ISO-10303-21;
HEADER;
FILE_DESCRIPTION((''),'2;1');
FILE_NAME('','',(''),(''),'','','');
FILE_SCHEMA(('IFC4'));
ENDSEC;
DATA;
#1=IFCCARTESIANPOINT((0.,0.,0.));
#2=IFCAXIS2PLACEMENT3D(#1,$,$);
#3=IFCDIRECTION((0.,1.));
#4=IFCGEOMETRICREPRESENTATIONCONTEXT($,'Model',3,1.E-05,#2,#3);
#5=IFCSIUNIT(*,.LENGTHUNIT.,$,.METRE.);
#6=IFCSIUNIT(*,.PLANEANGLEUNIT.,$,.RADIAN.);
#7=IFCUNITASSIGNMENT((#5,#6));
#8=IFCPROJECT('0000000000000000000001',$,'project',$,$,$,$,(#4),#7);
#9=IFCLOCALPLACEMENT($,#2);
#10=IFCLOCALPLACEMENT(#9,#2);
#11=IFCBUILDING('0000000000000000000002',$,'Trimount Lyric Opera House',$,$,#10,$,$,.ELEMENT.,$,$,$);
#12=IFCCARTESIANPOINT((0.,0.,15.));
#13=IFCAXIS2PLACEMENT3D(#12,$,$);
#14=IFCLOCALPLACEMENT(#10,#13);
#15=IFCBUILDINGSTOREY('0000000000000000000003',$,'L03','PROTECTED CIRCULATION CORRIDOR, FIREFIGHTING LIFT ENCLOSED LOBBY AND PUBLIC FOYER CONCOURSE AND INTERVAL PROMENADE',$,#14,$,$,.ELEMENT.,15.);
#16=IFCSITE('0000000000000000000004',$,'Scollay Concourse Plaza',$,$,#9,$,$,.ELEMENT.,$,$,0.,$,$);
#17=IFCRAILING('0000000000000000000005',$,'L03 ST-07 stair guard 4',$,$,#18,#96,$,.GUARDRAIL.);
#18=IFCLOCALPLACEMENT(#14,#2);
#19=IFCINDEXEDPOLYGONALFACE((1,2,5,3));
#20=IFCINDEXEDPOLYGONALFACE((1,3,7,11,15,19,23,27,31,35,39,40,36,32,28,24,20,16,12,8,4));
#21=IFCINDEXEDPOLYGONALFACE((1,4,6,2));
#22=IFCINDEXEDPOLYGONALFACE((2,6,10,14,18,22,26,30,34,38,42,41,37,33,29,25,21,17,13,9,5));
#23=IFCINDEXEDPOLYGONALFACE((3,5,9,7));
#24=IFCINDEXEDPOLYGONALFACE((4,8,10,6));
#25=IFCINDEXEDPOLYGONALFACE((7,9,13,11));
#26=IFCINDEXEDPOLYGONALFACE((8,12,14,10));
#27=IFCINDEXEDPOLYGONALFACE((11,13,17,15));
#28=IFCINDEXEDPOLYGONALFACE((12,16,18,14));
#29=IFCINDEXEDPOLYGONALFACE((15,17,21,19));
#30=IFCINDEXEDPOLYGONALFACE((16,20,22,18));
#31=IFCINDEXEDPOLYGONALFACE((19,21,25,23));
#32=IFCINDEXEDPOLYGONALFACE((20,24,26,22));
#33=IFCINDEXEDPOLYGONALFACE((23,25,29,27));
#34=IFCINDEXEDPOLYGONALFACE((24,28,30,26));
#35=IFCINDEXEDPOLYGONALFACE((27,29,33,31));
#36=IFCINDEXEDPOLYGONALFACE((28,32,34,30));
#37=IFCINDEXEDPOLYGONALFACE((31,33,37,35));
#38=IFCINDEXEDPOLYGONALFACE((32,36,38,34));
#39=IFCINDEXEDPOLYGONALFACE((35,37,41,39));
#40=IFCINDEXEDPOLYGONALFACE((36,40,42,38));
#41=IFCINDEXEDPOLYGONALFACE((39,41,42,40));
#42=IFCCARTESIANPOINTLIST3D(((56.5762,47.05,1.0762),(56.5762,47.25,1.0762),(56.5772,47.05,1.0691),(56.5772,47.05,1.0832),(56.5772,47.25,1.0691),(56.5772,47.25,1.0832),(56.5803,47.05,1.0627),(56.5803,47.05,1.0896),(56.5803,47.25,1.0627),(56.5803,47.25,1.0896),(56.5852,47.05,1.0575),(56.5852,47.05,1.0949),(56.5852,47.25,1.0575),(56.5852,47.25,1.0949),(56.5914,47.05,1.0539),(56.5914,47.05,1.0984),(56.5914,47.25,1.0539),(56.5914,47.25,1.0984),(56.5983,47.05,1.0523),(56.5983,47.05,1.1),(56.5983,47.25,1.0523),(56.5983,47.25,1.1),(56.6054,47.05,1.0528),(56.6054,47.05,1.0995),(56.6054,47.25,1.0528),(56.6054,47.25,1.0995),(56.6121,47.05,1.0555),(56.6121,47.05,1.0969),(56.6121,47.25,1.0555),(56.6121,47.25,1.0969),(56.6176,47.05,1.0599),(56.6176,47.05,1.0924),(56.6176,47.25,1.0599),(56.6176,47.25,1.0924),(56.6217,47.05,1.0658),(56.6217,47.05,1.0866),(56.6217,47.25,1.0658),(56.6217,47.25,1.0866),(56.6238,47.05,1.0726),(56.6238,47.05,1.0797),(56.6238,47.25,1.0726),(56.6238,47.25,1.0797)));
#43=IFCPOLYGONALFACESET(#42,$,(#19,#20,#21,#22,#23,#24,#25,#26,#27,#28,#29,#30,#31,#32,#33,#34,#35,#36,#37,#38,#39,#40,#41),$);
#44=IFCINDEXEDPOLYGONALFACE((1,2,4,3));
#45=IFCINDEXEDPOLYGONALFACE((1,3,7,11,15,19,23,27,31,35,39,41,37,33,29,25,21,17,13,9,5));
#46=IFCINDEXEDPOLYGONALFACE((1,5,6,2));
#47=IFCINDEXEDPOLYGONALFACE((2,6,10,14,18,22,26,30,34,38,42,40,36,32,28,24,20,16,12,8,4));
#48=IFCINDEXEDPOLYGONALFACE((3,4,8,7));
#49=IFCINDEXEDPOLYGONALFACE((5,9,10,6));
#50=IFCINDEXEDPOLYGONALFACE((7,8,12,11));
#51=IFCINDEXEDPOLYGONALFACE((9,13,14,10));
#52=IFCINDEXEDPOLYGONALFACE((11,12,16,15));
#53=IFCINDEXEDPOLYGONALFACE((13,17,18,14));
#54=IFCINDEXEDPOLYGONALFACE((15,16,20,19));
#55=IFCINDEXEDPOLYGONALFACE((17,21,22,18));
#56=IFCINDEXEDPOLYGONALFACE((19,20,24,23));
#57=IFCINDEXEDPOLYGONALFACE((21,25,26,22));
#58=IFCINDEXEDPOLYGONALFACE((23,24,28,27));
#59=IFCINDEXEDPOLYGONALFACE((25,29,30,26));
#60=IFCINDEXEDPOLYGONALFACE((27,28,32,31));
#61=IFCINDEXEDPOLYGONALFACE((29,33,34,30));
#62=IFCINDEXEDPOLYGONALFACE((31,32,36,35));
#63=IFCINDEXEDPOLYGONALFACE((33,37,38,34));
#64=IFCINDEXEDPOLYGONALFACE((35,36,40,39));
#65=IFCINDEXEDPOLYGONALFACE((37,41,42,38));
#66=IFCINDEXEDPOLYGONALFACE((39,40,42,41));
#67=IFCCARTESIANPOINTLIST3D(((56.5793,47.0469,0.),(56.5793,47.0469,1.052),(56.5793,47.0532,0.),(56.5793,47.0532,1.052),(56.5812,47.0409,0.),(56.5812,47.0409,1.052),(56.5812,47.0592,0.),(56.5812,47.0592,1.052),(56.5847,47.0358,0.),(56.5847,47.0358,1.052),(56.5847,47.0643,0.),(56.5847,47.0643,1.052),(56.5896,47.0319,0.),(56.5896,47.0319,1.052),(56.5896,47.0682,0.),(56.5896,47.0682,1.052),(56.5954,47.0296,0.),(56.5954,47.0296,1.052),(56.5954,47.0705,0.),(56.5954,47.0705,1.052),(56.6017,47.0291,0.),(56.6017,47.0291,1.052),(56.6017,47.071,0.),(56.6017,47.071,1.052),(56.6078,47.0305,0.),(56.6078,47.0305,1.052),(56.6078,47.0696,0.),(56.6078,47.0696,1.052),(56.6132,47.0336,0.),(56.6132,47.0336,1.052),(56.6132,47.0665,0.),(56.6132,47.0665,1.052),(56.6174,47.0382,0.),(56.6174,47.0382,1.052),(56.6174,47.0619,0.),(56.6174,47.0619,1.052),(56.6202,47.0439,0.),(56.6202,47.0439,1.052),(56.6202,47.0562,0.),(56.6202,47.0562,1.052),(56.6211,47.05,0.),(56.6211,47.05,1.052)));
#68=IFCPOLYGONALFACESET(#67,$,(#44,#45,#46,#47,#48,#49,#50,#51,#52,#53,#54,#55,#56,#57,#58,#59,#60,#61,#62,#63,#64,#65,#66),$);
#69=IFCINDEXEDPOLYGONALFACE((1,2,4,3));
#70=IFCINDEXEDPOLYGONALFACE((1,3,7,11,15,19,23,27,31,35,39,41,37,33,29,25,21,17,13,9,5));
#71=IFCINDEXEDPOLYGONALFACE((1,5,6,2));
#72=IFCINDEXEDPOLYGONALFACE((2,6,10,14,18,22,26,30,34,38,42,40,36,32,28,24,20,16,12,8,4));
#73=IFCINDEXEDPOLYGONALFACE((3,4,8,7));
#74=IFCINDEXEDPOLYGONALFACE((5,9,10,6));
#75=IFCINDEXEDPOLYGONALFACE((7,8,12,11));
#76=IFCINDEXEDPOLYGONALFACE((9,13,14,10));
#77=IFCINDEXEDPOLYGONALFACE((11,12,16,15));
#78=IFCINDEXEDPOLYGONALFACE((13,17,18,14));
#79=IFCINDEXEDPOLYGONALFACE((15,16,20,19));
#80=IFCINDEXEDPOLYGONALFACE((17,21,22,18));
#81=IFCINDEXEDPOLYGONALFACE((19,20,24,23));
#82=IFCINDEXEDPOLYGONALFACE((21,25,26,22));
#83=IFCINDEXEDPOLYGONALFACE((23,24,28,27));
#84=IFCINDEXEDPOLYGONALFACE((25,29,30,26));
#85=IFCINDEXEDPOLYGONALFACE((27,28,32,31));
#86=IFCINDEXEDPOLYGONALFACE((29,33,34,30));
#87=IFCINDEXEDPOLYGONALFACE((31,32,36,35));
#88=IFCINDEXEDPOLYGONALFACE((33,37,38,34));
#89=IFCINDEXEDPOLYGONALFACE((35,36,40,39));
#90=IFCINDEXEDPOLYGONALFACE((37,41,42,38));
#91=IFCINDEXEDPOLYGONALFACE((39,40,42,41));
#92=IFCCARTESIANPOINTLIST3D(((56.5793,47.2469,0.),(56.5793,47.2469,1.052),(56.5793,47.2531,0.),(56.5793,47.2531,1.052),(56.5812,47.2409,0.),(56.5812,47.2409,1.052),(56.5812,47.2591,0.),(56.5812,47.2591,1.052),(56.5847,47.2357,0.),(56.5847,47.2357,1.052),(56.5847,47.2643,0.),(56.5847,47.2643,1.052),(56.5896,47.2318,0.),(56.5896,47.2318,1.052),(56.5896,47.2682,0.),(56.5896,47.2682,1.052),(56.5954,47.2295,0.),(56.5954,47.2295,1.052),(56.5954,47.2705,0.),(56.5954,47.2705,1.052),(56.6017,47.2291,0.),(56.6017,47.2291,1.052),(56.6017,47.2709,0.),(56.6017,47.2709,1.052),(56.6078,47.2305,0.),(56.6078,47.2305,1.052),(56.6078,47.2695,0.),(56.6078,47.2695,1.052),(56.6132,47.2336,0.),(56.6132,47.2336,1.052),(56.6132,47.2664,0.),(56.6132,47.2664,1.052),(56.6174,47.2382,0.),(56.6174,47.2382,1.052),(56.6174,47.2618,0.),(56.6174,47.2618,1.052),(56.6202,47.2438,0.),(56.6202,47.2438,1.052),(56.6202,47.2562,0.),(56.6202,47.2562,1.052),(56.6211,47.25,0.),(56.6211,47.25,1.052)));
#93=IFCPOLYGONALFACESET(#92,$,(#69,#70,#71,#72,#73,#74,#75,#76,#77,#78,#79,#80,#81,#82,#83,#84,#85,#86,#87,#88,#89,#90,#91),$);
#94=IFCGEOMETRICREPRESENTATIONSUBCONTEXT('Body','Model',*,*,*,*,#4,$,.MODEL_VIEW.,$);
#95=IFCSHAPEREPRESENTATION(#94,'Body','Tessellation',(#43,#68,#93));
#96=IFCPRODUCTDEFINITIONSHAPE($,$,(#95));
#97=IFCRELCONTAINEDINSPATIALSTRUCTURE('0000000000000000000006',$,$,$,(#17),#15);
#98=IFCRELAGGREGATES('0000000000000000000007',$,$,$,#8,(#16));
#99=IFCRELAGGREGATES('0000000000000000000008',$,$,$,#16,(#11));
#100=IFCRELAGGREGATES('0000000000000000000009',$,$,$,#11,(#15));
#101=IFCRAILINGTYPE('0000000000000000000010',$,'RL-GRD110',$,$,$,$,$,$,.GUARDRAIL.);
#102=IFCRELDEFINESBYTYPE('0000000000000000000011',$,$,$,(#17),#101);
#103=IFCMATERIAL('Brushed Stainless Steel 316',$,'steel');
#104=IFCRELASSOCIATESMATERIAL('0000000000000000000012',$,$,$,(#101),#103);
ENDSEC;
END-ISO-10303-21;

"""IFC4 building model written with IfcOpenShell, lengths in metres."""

from ifc_helpers import new_model, si_unit, direction, frame, origin, origin_2d, place, context, subcontext, project, spatial, circle, extrude, material, type_object, element, save


model = new_model("IFC4")

# Units and contexts
model_context = context("Model", 3, precision=1e-05, world=origin(), true_north=direction((0.0, 1.0)))
body_context = subcontext(model_context, "Body", "Model", "MODEL_VIEW")
ifc_project = project(units=[si_unit("LENGTHUNIT", "METRE"), si_unit("PLANEANGLEUNIT", "RADIAN")], contexts=[model_context])

# Site, building, storey
site_placement = place(None, origin())
site = spatial("IfcSite", under=ifc_project, at=site_placement, Name="Scollay Concourse Plaza", CompositionType="ELEMENT", RefElevation=0.0)
building_placement = place(site_placement, origin())
building = spatial("IfcBuilding", under=site, at=building_placement, Name="Trimount Lyric Opera House", CompositionType="ELEMENT")
storey_placement = place(building_placement, frame((0.0, 0.0, 15.0)))
storey = spatial("IfcBuildingStorey", under=building, at=storey_placement, Name="L03", Description="PROTECTED CIRCULATION CORRIDOR, FIREFIGHTING LIFT ENCLOSED LOBBY AND PUBLIC FOYER CONCOURSE AND INTERVAL PROMENADE", CompositionType="ELEMENT", Elevation=15.0)

# Railing
ifc_material_1 = material(Name="Brushed Stainless Steel 316", Category="steel")
railing_type_1 = type_object("IfcRailingType", Name="RL-GRD110", PredefinedType="GUARDRAIL", material=ifc_material_1)
railing_1_placement = place(storey_placement, frame((56.6001, 47.05, 0.0)))
element("IfcRailing", 1, at=railing_1_placement, inside=storey, type_object=railing_type_1, Name="L03 ST-07 stair guard 4", PredefinedType="GUARDRAIL", context=body_context, shape_type="SweptSolid", body=[
    extrude(circle(Radius=0.0239, at=origin_2d()), frame((0.0, 0.0, 1.0762), z_axis=(0.0, 1.0, 0.0), x_axis=(-1.0, 0.0, 0.0)), (0.0, 0.0, 1.0), 0.2),
    extrude(circle(Radius=0.021, at=origin_2d()), origin(), (0.0, 0.0, 1.0), 1.052),
    extrude(circle(Radius=0.021, at=origin_2d()), frame((0.0, 0.2, 0.0)), (0.0, 0.0, 1.0), 1.052),
])

save(model, "model.ifc")
